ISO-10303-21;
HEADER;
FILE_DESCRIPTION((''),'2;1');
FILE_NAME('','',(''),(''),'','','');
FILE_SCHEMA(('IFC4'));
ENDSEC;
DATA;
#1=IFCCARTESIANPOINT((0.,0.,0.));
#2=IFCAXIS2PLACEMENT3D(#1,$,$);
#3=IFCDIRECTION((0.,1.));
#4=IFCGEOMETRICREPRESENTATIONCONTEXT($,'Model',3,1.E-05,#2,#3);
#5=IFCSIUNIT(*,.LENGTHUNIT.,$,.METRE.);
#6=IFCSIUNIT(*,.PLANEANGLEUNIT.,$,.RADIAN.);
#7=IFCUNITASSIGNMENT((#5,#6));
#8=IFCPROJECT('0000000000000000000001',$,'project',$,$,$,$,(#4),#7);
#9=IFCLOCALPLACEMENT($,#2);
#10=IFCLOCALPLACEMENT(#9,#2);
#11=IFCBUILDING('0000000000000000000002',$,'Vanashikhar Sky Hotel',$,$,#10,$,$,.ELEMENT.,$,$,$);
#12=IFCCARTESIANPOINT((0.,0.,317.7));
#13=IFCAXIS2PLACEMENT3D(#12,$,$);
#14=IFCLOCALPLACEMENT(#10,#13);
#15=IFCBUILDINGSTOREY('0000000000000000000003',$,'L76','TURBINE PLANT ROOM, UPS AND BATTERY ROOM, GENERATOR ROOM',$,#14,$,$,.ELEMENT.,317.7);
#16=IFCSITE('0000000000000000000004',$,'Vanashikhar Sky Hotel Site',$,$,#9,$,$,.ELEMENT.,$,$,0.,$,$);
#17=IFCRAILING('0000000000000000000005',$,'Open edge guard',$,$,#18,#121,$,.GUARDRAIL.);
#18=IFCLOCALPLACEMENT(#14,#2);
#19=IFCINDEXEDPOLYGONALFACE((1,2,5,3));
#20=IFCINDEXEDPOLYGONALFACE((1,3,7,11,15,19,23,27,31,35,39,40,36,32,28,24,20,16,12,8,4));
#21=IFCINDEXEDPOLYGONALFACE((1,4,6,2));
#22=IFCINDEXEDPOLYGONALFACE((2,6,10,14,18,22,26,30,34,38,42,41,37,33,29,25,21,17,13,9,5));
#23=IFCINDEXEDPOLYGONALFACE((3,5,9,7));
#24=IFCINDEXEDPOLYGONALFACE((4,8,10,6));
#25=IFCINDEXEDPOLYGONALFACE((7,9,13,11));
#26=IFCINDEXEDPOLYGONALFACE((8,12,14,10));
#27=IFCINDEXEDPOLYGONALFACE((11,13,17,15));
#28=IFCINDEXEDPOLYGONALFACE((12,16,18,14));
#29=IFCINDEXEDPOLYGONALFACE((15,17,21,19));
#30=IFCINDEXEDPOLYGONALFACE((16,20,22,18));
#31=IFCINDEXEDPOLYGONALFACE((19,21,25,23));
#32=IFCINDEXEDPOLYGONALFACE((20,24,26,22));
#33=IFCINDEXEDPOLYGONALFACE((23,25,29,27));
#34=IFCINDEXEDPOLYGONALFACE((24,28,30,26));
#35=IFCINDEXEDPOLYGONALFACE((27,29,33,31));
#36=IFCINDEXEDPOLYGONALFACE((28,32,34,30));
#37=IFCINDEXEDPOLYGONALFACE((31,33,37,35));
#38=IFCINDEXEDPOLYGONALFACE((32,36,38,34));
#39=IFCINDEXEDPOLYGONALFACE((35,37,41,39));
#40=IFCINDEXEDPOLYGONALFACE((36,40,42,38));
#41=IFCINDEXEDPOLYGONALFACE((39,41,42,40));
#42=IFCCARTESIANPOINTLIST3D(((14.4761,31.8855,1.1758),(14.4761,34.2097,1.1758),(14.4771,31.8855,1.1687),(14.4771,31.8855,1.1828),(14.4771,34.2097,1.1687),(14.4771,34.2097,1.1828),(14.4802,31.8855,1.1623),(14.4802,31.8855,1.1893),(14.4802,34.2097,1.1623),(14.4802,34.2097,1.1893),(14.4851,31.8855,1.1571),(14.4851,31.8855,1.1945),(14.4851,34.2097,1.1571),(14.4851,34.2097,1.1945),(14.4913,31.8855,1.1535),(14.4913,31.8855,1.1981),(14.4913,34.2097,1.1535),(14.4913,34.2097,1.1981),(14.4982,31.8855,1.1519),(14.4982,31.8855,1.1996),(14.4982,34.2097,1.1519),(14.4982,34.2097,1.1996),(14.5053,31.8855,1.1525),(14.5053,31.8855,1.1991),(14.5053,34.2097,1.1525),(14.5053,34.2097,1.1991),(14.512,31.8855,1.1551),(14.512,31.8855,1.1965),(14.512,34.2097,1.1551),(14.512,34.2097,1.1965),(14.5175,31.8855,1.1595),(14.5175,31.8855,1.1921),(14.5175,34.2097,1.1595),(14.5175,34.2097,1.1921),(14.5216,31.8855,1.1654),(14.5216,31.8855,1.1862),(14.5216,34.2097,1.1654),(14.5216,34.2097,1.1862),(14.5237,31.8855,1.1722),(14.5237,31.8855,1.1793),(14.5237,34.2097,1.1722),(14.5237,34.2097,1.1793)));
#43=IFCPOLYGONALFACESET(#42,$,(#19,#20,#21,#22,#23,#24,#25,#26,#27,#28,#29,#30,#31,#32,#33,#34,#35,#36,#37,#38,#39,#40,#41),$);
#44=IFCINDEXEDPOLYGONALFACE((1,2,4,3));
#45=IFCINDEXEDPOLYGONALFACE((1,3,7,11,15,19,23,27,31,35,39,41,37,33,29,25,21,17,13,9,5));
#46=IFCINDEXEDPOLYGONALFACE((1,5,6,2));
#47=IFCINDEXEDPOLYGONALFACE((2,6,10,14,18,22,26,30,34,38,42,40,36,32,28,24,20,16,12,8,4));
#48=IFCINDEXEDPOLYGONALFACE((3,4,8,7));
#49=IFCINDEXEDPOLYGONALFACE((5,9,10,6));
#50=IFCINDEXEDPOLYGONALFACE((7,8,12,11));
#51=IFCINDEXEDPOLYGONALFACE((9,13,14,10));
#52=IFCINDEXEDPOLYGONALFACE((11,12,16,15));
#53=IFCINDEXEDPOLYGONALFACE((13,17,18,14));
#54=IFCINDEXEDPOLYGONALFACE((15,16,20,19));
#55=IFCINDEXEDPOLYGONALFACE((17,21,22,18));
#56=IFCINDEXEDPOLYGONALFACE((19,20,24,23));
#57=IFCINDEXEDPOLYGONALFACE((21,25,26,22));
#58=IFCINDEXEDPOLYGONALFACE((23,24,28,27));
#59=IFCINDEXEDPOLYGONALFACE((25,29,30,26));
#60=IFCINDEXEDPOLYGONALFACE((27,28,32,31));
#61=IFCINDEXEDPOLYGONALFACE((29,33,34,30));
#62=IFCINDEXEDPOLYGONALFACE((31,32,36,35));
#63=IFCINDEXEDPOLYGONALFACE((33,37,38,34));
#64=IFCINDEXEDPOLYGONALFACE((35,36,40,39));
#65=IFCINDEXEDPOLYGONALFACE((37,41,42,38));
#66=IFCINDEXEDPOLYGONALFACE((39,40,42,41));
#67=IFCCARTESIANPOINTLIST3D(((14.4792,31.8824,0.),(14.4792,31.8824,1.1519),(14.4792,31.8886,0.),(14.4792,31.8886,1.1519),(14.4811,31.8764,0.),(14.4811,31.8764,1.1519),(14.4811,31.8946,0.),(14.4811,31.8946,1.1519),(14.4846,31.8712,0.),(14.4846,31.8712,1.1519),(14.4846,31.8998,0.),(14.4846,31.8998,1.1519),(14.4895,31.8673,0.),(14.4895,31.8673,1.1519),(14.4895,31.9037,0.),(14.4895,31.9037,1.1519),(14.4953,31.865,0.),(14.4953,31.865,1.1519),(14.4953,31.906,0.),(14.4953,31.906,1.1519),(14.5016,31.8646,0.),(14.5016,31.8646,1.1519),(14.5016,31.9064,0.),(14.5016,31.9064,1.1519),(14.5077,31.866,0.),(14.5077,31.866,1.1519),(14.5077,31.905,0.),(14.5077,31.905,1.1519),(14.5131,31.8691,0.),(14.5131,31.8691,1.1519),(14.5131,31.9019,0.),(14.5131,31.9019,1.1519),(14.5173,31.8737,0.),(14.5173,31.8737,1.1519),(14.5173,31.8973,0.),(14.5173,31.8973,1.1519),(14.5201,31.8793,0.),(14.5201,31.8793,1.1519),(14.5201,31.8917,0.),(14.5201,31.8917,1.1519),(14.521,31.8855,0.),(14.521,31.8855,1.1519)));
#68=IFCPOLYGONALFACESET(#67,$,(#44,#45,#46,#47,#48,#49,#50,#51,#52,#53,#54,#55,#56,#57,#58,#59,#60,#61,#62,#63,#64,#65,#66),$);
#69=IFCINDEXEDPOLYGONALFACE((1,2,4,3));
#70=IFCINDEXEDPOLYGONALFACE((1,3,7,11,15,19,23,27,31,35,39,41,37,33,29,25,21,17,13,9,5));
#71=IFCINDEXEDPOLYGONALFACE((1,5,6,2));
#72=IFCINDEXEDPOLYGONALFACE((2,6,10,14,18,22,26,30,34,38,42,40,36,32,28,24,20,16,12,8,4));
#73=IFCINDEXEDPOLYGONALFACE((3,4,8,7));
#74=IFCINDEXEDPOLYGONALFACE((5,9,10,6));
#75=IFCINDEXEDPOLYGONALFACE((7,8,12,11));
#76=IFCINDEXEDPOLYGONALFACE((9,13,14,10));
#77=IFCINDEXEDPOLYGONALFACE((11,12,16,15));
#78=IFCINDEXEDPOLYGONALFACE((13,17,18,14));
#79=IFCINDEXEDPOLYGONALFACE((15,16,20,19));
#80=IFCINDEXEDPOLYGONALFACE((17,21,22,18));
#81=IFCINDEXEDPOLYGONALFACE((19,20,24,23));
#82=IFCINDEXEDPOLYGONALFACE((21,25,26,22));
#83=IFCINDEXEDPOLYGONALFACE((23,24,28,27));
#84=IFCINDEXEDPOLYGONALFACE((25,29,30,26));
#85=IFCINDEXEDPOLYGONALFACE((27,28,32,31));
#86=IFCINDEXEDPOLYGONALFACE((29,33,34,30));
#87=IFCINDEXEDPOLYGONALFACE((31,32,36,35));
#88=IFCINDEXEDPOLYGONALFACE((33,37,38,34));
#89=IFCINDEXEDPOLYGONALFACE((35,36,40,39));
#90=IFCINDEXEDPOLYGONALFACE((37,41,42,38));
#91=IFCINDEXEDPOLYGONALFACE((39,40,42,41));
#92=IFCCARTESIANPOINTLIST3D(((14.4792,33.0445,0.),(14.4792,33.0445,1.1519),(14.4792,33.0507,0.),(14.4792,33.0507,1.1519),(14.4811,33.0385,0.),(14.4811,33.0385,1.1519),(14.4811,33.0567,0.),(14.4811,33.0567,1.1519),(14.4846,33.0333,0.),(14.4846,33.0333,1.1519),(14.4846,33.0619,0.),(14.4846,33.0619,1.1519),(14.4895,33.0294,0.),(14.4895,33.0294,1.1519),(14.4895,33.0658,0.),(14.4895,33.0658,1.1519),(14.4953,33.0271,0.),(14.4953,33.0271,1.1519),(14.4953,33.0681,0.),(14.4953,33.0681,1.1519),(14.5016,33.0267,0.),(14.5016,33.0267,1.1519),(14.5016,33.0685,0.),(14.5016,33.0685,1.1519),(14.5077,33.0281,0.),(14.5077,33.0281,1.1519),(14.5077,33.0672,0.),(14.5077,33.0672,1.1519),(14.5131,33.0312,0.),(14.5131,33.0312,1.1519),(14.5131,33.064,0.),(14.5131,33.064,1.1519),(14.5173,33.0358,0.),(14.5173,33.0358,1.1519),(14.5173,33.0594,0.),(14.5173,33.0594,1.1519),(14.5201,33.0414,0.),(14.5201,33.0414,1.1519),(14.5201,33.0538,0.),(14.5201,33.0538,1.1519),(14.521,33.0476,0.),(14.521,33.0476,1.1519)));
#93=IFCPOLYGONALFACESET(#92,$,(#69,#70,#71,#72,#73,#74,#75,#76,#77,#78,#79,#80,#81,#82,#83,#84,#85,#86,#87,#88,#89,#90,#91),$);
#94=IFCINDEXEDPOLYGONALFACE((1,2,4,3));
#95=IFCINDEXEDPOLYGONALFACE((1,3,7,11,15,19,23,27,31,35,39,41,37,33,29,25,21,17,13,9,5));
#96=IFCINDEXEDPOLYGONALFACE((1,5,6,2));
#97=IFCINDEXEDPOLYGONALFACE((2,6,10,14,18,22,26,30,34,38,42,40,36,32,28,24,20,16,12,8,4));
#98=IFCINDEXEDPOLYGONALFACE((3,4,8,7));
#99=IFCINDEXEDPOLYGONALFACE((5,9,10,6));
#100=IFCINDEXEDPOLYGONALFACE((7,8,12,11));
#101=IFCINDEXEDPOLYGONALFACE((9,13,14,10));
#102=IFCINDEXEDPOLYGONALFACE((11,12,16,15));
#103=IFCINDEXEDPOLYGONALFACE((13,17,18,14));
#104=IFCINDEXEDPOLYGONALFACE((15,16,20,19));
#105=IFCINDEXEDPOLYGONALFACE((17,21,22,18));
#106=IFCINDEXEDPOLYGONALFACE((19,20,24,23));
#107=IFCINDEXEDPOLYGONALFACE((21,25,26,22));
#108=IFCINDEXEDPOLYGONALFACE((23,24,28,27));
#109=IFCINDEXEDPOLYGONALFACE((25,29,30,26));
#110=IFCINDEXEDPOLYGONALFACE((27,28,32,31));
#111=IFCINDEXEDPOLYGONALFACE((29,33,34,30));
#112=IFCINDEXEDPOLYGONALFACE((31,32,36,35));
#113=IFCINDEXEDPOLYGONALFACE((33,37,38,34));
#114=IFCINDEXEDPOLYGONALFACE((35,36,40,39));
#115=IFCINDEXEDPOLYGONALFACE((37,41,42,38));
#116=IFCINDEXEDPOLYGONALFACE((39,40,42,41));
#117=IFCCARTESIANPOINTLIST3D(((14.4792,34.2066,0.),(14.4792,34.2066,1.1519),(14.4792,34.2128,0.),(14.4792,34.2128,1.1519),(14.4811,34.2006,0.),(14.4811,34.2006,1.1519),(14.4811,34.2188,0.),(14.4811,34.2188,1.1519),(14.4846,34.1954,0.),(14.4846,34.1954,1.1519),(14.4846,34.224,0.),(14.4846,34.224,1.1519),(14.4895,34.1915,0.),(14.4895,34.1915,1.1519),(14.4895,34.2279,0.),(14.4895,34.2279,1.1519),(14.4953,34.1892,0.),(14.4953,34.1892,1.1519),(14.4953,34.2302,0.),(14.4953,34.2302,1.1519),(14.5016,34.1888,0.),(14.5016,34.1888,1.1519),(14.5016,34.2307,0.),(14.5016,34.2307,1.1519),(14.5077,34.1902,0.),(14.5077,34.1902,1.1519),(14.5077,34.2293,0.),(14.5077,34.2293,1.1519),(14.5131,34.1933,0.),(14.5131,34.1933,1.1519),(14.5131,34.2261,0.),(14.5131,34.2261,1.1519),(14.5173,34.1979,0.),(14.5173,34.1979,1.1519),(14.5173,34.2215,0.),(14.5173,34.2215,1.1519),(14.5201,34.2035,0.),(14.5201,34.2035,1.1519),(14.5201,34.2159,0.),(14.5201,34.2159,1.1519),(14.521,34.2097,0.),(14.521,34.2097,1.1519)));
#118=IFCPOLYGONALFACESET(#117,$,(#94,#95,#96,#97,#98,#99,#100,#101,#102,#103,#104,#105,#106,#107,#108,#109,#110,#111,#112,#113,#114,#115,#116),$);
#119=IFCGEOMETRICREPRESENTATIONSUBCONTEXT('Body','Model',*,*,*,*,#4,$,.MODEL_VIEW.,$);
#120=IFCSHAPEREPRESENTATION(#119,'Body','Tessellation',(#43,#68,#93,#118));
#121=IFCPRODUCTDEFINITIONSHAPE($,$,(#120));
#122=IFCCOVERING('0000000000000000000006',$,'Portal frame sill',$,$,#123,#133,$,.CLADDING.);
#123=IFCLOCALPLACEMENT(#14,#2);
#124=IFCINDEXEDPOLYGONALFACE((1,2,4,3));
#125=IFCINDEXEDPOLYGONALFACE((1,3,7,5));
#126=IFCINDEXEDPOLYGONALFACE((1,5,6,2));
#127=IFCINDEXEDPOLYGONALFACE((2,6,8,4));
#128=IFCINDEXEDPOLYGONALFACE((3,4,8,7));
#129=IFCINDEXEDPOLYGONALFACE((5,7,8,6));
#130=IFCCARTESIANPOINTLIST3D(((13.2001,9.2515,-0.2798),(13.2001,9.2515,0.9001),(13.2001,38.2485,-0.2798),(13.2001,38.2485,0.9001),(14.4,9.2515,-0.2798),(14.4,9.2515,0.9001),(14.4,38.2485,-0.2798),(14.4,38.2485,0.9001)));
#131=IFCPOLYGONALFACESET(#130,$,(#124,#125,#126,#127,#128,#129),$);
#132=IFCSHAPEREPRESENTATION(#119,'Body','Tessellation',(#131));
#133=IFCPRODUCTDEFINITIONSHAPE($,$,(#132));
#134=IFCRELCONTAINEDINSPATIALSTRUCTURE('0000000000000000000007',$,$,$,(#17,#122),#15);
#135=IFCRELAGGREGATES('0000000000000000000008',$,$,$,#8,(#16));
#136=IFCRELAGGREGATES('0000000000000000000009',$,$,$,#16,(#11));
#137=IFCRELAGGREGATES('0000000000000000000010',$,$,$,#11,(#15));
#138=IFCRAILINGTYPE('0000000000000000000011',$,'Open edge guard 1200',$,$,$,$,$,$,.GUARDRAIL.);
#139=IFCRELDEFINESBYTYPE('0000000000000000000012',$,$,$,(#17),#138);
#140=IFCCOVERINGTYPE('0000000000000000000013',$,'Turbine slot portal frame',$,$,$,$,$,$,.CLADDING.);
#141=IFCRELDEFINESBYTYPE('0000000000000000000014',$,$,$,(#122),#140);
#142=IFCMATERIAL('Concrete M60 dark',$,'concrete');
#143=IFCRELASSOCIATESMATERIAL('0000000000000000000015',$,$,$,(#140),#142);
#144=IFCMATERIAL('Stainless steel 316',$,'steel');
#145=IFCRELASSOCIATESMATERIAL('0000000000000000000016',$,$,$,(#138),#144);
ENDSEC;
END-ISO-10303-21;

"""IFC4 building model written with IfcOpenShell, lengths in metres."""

from ifc_helpers import new_model, si_unit, direction, frame, origin, origin_2d, place, context, subcontext, project, spatial, rectangle, circle, extrude, source, transform, mapped, material, type_object, element, save


model = new_model("IFC4")

# Units and contexts
model_context = context("Model", 3, precision=1e-05, world=origin(), true_north=direction((0.0, 1.0)))
body_context = subcontext(model_context, "Body", "Model", "MODEL_VIEW")
ifc_project = project(units=[si_unit("LENGTHUNIT", "METRE"), si_unit("PLANEANGLEUNIT", "RADIAN")], contexts=[model_context])

# Site, building, storey
site_placement = place(None, origin())
site = spatial("IfcSite", under=ifc_project, at=site_placement, Name="Vanashikhar Sky Hotel Site", CompositionType="ELEMENT", RefElevation=0.0)
building_placement = place(site_placement, origin())
building = spatial("IfcBuilding", under=site, at=building_placement, Name="Vanashikhar Sky Hotel", CompositionType="ELEMENT")
storey_placement = place(building_placement, frame((0.0, 0.0, 317.7)))
storey = spatial("IfcBuildingStorey", under=building, at=storey_placement, Name="L76", Description="TURBINE PLANT ROOM, UPS AND BATTERY ROOM, GENERATOR ROOM", CompositionType="ELEMENT", Elevation=317.7)

# Shared definitions
ifc_material_1 = material(Name="Concrete M60 dark", Category="concrete")
covering_type = type_object("IfcCoveringType", Name="Turbine slot portal frame", PredefinedType="CLADDING", material=ifc_material_1)

# Railing
ifc_material_2 = material(Name="Stainless steel 316", Category="steel")
railing_type_1 = type_object("IfcRailingType", Name="Open edge guard 1200", PredefinedType="GUARDRAIL", material=ifc_material_2)
shared_shape_1 = source(origin(), body_context, "Body", "SweptSolid", [
    extrude(circle(Radius=0.0239, at=origin_2d()), frame((0.0, 0.0, 1.1758), z_axis=(0.0, 1.0, 0.0), x_axis=(-1.0, 0.0, 0.0)), (0.0, 0.0, 1.0), 2.3242),
    extrude(circle(Radius=0.021, at=origin_2d()), origin(), (0.0, 0.0, 1.0), 1.1519),
    extrude(circle(Radius=0.021, at=origin_2d()), frame((0.0, 1.1621, 0.0)), (0.0, 0.0, 1.0), 1.1519),
    extrude(circle(Radius=0.021, at=origin_2d()), frame((0.0, 2.3242, 0.0)), (0.0, 0.0, 1.0), 1.1519),
])
for number, where, name in (
    (1, (14.5, 31.8855, 0.0), "Open edge guard"),
):
    element("IfcRailing", number, at=place(storey_placement, frame(where)), inside=storey, type_object=railing_type_1, Name=name, PredefinedType="GUARDRAIL", context=body_context, shape_type="MappedRepresentation", body=[
        mapped(shared_shape_1, transform((0.0, 0.0, 0.0), scale=1.0)),
    ])

# Covering
shared_shape_2 = source(origin(), body_context, "Body", "SweptSolid", [
    extrude(rectangle(XDim=28.9971, YDim=1.2, at=origin_2d()), origin(), (0.0, 0.0, 1.0), 1.1799),
])
covering_1_placement = place(storey_placement, frame((13.8, 23.75, -0.2798), z_axis=(0.0, 0.0, 1.0), x_axis=(0.0, -1.0, 0.0)))
element("IfcCovering", 2, at=covering_1_placement, inside=storey, type_object=covering_type, Name="Portal frame sill", PredefinedType="CLADDING", context=body_context, shape_type="MappedRepresentation", body=[
    mapped(shared_shape_2, transform((0.0, 0.0, 0.0), scale=1.0)),
])

save(model, "model.ifc")
